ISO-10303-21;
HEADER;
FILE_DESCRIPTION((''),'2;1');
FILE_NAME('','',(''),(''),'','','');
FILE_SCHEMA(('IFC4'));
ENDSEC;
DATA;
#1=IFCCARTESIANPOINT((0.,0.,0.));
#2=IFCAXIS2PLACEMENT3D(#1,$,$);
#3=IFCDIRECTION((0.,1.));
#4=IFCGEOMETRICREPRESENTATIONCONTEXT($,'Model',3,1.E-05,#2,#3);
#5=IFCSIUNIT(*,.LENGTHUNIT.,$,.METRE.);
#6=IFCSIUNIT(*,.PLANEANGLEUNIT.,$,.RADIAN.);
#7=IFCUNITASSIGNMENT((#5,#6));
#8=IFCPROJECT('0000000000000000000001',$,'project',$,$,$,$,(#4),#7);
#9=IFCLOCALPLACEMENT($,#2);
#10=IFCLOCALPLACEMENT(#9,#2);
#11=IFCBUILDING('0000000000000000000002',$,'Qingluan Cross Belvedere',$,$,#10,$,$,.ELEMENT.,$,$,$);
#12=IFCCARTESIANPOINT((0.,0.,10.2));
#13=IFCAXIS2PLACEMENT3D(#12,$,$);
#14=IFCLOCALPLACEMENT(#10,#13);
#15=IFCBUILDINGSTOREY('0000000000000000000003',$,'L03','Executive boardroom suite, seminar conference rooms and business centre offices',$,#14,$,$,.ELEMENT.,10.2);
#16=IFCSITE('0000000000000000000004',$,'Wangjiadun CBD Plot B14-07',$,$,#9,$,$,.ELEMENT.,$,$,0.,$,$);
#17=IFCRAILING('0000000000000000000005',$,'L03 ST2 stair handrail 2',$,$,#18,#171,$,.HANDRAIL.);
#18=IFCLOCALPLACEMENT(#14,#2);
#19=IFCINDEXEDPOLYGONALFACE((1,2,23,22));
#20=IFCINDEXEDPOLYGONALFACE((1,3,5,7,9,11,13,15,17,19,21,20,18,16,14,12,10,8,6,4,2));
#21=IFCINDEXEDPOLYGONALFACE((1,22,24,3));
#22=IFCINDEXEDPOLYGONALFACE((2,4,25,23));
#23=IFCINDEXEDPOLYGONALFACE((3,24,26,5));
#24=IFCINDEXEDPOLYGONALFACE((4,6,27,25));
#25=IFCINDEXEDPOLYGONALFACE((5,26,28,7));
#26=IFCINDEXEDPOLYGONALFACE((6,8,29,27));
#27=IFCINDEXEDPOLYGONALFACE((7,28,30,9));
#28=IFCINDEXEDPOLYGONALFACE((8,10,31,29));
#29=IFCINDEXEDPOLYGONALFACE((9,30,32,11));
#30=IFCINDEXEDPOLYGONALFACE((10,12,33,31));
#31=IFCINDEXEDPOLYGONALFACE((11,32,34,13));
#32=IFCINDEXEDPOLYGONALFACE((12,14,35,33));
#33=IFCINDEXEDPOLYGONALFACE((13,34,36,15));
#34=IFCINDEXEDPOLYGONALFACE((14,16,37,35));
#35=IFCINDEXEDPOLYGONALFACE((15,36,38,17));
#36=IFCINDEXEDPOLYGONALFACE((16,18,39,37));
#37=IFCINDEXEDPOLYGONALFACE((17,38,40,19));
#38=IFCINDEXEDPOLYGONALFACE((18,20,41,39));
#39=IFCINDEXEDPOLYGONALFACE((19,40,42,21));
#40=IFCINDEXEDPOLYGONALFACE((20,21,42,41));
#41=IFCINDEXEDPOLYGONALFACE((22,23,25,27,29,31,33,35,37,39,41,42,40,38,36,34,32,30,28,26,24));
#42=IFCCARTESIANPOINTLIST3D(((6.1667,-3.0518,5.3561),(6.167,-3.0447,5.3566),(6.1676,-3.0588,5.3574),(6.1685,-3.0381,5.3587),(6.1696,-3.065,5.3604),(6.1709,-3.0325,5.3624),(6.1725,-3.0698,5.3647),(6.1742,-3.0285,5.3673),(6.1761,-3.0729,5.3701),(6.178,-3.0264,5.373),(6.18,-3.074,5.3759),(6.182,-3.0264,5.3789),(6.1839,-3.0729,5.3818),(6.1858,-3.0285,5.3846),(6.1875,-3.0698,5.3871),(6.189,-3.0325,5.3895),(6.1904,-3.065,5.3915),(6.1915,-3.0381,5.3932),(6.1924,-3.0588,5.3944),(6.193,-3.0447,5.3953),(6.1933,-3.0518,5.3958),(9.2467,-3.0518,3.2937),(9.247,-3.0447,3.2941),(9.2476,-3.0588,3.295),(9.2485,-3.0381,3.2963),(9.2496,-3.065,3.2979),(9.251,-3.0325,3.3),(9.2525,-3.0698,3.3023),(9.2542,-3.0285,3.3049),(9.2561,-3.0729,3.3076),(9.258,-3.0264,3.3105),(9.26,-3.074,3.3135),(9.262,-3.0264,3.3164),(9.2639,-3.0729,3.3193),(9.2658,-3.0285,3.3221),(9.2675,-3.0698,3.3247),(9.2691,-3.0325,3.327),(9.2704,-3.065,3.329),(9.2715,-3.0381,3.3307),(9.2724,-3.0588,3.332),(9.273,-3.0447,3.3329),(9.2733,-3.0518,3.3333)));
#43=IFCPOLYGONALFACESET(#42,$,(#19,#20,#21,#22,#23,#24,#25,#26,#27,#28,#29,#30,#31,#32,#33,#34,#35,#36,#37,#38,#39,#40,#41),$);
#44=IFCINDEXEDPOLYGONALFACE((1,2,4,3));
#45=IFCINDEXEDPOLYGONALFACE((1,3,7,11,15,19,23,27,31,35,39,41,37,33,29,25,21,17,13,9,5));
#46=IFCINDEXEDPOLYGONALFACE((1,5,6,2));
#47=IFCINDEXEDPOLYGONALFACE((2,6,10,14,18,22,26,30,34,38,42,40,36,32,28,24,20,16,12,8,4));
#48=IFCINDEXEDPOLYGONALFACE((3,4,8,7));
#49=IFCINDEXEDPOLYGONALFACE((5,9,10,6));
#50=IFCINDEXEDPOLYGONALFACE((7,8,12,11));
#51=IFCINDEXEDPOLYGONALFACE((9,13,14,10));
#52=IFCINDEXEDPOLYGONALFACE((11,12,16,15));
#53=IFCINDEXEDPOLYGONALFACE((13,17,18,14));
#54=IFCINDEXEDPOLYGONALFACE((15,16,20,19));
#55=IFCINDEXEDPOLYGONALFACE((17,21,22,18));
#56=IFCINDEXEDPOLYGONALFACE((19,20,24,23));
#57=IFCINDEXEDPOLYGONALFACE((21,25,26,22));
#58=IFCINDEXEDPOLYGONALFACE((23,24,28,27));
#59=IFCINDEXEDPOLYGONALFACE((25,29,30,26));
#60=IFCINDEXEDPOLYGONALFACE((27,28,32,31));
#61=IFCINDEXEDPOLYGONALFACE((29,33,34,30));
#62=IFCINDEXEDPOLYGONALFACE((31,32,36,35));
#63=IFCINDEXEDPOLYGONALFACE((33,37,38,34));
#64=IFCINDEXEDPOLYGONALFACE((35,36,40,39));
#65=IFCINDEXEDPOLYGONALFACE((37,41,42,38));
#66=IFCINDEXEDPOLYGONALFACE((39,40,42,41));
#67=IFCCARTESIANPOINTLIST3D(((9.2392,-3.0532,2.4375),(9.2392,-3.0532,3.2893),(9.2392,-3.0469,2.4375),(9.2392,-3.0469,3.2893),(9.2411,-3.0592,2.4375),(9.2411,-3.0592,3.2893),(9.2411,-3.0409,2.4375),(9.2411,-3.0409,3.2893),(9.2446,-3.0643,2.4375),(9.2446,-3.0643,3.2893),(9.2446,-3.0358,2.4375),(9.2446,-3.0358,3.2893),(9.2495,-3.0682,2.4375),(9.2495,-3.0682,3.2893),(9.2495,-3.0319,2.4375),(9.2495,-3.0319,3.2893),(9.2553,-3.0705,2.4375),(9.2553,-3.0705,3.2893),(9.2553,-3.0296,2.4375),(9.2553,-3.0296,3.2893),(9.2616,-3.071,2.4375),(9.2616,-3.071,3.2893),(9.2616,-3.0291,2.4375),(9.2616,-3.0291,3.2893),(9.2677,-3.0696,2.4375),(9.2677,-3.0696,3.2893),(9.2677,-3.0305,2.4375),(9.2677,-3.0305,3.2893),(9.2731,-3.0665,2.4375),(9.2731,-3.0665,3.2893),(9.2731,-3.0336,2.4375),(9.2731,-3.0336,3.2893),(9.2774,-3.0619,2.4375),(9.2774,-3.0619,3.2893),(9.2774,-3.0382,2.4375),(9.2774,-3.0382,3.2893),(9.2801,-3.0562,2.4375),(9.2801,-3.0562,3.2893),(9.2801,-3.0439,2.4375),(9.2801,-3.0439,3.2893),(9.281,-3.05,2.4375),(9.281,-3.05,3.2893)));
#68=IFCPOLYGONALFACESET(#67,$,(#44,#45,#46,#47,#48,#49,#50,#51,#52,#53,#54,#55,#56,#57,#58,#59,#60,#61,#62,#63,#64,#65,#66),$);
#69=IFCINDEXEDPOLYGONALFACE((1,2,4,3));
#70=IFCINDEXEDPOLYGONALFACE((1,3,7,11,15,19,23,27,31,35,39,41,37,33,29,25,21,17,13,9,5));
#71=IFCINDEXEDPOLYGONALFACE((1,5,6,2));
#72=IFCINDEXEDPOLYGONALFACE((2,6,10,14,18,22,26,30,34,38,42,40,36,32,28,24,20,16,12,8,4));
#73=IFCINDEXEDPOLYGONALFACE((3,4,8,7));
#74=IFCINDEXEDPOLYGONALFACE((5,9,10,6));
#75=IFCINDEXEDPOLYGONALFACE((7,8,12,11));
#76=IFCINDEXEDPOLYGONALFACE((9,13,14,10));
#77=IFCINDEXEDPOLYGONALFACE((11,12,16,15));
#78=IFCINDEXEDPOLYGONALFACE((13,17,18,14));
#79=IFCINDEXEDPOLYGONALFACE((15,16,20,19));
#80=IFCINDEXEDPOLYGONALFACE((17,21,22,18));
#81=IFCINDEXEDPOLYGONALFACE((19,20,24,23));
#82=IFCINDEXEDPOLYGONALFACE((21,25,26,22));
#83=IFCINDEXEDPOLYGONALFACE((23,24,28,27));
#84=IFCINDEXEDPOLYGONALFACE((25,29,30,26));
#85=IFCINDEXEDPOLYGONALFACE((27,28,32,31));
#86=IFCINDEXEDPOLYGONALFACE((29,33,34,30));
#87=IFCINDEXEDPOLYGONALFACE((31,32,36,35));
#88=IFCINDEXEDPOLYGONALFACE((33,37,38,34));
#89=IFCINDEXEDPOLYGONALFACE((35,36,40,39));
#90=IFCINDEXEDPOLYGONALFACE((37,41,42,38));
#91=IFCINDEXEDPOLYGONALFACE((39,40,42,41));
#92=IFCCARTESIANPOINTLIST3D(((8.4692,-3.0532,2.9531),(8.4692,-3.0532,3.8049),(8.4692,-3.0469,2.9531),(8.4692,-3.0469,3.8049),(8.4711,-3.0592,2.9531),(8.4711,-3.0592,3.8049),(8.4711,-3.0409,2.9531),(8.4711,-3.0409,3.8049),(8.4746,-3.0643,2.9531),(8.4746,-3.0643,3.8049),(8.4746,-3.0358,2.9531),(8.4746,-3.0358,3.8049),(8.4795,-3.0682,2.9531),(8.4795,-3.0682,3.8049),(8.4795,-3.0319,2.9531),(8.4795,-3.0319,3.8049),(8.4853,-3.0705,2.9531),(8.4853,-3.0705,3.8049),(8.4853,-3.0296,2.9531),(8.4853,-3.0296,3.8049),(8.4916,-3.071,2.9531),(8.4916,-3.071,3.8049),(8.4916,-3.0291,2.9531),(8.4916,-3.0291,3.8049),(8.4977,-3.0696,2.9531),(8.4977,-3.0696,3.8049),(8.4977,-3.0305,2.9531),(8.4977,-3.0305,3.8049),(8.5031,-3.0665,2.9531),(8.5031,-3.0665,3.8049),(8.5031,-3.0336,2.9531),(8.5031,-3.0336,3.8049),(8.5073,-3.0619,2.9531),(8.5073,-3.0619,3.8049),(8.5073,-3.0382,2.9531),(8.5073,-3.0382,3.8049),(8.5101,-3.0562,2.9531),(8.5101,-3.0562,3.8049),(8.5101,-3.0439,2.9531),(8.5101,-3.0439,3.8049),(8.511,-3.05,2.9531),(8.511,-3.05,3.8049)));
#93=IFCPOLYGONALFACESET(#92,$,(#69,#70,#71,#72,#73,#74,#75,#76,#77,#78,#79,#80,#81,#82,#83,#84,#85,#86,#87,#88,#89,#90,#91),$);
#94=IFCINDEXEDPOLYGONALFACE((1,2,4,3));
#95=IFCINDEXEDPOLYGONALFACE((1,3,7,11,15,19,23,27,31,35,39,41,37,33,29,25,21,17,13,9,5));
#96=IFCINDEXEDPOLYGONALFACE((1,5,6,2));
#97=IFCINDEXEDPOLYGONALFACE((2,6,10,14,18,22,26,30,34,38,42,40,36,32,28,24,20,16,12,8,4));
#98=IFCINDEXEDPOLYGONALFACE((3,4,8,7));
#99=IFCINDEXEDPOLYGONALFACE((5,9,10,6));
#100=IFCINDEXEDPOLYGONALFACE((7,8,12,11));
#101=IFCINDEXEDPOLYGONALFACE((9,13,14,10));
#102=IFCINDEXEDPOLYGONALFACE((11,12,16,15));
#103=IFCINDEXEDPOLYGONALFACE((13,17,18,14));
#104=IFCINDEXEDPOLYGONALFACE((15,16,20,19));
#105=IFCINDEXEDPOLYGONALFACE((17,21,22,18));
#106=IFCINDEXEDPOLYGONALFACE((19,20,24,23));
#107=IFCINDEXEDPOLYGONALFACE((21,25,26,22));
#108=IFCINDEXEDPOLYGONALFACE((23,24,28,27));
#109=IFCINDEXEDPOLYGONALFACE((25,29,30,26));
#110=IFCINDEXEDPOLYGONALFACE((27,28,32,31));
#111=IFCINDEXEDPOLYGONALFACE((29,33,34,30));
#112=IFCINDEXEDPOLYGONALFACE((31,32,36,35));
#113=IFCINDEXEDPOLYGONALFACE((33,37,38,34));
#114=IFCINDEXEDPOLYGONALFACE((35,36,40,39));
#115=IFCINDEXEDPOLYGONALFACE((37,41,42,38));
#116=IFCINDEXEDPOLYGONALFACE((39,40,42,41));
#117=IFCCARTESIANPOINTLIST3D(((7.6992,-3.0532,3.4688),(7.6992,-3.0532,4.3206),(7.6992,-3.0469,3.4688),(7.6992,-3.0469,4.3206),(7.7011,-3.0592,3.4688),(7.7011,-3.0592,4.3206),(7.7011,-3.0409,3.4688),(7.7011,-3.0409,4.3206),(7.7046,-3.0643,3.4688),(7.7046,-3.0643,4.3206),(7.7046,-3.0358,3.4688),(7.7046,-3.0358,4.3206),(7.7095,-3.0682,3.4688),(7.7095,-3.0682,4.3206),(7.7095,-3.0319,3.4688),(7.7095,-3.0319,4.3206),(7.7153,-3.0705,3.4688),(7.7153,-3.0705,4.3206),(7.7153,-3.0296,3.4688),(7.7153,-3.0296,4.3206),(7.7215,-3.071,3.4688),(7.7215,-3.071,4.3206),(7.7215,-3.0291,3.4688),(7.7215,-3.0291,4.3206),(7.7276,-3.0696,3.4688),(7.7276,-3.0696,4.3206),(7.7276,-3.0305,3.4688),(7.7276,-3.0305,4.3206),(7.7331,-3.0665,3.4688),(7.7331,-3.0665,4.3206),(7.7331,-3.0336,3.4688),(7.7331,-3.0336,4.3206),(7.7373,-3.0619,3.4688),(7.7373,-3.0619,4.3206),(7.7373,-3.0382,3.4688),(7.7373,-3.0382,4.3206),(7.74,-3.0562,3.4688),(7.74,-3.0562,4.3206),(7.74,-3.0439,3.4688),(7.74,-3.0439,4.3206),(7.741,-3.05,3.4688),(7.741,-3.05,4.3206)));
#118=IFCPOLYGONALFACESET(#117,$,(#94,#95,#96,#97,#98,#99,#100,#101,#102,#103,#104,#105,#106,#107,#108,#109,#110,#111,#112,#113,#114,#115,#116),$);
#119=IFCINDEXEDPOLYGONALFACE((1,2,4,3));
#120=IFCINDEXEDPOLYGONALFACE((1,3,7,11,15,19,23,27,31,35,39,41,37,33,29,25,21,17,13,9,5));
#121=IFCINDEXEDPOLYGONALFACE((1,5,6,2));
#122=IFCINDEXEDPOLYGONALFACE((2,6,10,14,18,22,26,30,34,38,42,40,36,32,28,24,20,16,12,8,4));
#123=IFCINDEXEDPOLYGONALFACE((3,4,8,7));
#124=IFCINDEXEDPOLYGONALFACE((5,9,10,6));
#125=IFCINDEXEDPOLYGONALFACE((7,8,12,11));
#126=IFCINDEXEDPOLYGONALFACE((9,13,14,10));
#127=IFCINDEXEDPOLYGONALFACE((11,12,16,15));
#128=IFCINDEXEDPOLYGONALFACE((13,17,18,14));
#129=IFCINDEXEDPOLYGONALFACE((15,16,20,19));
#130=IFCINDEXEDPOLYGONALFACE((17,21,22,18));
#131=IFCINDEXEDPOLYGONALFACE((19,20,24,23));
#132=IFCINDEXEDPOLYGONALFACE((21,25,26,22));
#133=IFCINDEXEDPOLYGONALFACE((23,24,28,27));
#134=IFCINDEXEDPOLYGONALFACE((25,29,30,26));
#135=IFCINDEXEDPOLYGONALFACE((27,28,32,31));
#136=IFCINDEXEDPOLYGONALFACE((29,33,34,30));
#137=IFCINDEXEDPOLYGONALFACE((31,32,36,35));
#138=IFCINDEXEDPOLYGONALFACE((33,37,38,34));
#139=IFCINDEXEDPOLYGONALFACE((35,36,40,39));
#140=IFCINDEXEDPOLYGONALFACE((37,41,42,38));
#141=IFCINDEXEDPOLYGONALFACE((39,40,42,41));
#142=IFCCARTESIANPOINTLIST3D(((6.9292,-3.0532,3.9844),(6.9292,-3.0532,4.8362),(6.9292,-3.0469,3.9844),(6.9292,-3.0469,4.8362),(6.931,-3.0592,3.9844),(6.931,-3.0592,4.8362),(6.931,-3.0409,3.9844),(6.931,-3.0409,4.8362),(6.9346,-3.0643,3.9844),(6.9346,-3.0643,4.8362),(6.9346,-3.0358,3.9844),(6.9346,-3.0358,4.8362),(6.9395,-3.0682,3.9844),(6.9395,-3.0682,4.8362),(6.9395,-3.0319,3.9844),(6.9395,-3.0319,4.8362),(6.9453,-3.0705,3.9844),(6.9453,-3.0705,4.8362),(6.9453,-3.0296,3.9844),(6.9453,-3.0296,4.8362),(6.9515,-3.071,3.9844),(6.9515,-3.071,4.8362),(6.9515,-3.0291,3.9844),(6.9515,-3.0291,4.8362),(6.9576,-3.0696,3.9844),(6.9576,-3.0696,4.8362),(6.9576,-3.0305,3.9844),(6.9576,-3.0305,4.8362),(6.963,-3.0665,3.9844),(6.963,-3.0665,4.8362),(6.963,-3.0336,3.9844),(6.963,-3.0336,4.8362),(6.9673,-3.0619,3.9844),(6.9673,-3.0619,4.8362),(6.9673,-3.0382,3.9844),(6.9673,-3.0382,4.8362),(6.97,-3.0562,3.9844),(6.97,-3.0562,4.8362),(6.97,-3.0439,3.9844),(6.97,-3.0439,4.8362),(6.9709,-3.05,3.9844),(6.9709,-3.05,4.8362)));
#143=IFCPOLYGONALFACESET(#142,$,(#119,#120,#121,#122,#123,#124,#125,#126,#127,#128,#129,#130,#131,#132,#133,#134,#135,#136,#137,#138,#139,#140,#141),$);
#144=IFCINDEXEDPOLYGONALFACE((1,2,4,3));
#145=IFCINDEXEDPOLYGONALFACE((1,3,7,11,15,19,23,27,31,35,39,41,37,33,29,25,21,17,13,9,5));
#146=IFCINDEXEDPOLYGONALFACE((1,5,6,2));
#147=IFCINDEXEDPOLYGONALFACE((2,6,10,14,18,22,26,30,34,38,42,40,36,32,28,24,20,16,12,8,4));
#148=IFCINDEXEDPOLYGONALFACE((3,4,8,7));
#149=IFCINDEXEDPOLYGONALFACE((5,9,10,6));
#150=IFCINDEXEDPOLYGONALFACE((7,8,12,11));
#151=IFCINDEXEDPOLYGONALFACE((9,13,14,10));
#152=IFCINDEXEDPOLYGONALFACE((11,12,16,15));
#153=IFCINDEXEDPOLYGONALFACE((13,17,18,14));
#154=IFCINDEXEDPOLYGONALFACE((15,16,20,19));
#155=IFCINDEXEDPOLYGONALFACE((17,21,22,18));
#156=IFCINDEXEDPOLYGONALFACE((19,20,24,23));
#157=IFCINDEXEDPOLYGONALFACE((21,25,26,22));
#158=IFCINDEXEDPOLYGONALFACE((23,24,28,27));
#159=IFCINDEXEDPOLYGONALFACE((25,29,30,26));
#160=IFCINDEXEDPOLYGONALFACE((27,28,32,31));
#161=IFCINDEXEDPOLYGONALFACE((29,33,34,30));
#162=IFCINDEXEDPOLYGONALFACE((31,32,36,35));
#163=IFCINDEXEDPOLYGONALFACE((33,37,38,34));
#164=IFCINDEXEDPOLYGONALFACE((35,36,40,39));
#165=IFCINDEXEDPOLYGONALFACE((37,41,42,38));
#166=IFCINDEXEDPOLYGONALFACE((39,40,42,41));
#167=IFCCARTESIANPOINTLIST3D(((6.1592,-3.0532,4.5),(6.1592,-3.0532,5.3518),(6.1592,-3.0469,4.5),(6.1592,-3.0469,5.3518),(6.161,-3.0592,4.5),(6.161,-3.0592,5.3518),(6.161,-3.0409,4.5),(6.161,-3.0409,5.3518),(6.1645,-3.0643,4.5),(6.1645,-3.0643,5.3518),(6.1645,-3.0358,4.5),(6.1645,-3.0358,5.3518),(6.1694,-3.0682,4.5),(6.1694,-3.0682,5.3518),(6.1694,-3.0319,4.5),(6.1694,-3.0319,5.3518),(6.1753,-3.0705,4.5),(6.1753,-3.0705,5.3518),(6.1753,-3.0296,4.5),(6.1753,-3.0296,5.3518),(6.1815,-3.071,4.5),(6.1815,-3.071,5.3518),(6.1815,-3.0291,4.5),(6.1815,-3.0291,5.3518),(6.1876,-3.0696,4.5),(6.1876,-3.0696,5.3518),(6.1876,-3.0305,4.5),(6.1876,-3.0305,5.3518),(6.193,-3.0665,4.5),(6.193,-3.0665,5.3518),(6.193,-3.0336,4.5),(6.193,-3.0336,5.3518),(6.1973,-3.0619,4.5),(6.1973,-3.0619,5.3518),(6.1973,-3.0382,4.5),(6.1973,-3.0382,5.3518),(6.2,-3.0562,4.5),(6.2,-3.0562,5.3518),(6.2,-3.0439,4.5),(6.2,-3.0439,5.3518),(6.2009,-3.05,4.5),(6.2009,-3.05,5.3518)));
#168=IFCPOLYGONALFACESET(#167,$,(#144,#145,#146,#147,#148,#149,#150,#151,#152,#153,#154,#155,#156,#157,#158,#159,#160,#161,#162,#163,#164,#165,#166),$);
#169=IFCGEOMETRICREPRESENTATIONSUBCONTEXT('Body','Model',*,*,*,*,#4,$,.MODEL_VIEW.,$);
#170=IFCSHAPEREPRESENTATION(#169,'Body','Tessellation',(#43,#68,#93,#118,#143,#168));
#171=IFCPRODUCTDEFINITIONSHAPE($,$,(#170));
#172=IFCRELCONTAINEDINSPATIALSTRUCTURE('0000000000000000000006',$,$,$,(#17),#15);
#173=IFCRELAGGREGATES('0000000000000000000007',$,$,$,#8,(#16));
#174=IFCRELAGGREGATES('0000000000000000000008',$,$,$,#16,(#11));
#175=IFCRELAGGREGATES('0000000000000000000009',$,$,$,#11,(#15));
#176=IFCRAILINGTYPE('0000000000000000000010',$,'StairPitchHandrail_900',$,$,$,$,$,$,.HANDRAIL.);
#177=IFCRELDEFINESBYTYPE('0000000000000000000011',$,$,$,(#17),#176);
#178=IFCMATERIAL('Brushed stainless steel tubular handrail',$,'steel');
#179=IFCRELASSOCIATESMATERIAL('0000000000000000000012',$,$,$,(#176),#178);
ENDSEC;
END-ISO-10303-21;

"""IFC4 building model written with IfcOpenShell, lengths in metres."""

from ifc_helpers import new_model, si_unit, direction, frame, origin, origin_2d, place, context, subcontext, project, spatial, circle, extrude, material, type_object, element, save


model = new_model("IFC4")

# Units and contexts
model_context = context("Model", 3, precision=1e-05, world=origin(), true_north=direction((0.0, 1.0)))
body_context = subcontext(model_context, "Body", "Model", "MODEL_VIEW")
ifc_project = project(units=[si_unit("LENGTHUNIT", "METRE"), si_unit("PLANEANGLEUNIT", "RADIAN")], contexts=[model_context])

# Site, building, storey
site_placement = place(None, origin())
site = spatial("IfcSite", under=ifc_project, at=site_placement, Name="Wangjiadun CBD Plot B14-07", CompositionType="ELEMENT", RefElevation=0.0)
building_placement = place(site_placement, origin())
building = spatial("IfcBuilding", under=site, at=building_placement, Name="Qingluan Cross Belvedere", CompositionType="ELEMENT")
storey_placement = place(building_placement, frame((0.0, 0.0, 10.2)))
storey = spatial("IfcBuildingStorey", under=building, at=storey_placement, Name="L03", Description="Executive boardroom suite, seminar conference rooms and business centre offices", CompositionType="ELEMENT", Elevation=10.2)

# Railing
ifc_material_1 = material(Name="Brushed stainless steel tubular handrail", Category="steel")
railing_type_1 = type_object("IfcRailingType", Name="StairPitchHandrail_900", PredefinedType="HANDRAIL", material=ifc_material_1)
railing_1_placement = place(storey_placement, frame((9.26, -3.05, 2.4375)))
element("IfcRailing", 1, at=railing_1_placement, inside=storey, type_object=railing_type_1, Name="L03 ST2 stair handrail 2", PredefinedType="HANDRAIL", context=body_context, shape_type="SweptSolid", body=[
    extrude(circle(Radius=0.0239, at=origin_2d()), frame((0.0, 0.0, 0.876), z_axis=(-0.830914, 0.0, 0.556401), x_axis=(0.0, -1.0, 0.0)), (0.0, 0.0, 1.0), 3.7068),
    extrude(circle(Radius=0.021, at=origin_2d()), origin(), (0.0, 0.0, 1.0), 0.8518),
    extrude(circle(Radius=0.021, at=origin_2d()), frame((-0.77, 0.0, 0.5156)), (0.0, 0.0, 1.0), 0.8518),
    extrude(circle(Radius=0.021, at=origin_2d()), frame((-1.54, 0.0, 1.0312)), (0.0, 0.0, 1.0), 0.8518),
    extrude(circle(Radius=0.021, at=origin_2d()), frame((-2.3101, 0.0, 1.5469)), (0.0, 0.0, 1.0), 0.8518),
    extrude(circle(Radius=0.021, at=origin_2d()), frame((-3.0801, 0.0, 2.0625)), (0.0, 0.0, 1.0), 0.8518),
])

save(model, "model.ifc")
